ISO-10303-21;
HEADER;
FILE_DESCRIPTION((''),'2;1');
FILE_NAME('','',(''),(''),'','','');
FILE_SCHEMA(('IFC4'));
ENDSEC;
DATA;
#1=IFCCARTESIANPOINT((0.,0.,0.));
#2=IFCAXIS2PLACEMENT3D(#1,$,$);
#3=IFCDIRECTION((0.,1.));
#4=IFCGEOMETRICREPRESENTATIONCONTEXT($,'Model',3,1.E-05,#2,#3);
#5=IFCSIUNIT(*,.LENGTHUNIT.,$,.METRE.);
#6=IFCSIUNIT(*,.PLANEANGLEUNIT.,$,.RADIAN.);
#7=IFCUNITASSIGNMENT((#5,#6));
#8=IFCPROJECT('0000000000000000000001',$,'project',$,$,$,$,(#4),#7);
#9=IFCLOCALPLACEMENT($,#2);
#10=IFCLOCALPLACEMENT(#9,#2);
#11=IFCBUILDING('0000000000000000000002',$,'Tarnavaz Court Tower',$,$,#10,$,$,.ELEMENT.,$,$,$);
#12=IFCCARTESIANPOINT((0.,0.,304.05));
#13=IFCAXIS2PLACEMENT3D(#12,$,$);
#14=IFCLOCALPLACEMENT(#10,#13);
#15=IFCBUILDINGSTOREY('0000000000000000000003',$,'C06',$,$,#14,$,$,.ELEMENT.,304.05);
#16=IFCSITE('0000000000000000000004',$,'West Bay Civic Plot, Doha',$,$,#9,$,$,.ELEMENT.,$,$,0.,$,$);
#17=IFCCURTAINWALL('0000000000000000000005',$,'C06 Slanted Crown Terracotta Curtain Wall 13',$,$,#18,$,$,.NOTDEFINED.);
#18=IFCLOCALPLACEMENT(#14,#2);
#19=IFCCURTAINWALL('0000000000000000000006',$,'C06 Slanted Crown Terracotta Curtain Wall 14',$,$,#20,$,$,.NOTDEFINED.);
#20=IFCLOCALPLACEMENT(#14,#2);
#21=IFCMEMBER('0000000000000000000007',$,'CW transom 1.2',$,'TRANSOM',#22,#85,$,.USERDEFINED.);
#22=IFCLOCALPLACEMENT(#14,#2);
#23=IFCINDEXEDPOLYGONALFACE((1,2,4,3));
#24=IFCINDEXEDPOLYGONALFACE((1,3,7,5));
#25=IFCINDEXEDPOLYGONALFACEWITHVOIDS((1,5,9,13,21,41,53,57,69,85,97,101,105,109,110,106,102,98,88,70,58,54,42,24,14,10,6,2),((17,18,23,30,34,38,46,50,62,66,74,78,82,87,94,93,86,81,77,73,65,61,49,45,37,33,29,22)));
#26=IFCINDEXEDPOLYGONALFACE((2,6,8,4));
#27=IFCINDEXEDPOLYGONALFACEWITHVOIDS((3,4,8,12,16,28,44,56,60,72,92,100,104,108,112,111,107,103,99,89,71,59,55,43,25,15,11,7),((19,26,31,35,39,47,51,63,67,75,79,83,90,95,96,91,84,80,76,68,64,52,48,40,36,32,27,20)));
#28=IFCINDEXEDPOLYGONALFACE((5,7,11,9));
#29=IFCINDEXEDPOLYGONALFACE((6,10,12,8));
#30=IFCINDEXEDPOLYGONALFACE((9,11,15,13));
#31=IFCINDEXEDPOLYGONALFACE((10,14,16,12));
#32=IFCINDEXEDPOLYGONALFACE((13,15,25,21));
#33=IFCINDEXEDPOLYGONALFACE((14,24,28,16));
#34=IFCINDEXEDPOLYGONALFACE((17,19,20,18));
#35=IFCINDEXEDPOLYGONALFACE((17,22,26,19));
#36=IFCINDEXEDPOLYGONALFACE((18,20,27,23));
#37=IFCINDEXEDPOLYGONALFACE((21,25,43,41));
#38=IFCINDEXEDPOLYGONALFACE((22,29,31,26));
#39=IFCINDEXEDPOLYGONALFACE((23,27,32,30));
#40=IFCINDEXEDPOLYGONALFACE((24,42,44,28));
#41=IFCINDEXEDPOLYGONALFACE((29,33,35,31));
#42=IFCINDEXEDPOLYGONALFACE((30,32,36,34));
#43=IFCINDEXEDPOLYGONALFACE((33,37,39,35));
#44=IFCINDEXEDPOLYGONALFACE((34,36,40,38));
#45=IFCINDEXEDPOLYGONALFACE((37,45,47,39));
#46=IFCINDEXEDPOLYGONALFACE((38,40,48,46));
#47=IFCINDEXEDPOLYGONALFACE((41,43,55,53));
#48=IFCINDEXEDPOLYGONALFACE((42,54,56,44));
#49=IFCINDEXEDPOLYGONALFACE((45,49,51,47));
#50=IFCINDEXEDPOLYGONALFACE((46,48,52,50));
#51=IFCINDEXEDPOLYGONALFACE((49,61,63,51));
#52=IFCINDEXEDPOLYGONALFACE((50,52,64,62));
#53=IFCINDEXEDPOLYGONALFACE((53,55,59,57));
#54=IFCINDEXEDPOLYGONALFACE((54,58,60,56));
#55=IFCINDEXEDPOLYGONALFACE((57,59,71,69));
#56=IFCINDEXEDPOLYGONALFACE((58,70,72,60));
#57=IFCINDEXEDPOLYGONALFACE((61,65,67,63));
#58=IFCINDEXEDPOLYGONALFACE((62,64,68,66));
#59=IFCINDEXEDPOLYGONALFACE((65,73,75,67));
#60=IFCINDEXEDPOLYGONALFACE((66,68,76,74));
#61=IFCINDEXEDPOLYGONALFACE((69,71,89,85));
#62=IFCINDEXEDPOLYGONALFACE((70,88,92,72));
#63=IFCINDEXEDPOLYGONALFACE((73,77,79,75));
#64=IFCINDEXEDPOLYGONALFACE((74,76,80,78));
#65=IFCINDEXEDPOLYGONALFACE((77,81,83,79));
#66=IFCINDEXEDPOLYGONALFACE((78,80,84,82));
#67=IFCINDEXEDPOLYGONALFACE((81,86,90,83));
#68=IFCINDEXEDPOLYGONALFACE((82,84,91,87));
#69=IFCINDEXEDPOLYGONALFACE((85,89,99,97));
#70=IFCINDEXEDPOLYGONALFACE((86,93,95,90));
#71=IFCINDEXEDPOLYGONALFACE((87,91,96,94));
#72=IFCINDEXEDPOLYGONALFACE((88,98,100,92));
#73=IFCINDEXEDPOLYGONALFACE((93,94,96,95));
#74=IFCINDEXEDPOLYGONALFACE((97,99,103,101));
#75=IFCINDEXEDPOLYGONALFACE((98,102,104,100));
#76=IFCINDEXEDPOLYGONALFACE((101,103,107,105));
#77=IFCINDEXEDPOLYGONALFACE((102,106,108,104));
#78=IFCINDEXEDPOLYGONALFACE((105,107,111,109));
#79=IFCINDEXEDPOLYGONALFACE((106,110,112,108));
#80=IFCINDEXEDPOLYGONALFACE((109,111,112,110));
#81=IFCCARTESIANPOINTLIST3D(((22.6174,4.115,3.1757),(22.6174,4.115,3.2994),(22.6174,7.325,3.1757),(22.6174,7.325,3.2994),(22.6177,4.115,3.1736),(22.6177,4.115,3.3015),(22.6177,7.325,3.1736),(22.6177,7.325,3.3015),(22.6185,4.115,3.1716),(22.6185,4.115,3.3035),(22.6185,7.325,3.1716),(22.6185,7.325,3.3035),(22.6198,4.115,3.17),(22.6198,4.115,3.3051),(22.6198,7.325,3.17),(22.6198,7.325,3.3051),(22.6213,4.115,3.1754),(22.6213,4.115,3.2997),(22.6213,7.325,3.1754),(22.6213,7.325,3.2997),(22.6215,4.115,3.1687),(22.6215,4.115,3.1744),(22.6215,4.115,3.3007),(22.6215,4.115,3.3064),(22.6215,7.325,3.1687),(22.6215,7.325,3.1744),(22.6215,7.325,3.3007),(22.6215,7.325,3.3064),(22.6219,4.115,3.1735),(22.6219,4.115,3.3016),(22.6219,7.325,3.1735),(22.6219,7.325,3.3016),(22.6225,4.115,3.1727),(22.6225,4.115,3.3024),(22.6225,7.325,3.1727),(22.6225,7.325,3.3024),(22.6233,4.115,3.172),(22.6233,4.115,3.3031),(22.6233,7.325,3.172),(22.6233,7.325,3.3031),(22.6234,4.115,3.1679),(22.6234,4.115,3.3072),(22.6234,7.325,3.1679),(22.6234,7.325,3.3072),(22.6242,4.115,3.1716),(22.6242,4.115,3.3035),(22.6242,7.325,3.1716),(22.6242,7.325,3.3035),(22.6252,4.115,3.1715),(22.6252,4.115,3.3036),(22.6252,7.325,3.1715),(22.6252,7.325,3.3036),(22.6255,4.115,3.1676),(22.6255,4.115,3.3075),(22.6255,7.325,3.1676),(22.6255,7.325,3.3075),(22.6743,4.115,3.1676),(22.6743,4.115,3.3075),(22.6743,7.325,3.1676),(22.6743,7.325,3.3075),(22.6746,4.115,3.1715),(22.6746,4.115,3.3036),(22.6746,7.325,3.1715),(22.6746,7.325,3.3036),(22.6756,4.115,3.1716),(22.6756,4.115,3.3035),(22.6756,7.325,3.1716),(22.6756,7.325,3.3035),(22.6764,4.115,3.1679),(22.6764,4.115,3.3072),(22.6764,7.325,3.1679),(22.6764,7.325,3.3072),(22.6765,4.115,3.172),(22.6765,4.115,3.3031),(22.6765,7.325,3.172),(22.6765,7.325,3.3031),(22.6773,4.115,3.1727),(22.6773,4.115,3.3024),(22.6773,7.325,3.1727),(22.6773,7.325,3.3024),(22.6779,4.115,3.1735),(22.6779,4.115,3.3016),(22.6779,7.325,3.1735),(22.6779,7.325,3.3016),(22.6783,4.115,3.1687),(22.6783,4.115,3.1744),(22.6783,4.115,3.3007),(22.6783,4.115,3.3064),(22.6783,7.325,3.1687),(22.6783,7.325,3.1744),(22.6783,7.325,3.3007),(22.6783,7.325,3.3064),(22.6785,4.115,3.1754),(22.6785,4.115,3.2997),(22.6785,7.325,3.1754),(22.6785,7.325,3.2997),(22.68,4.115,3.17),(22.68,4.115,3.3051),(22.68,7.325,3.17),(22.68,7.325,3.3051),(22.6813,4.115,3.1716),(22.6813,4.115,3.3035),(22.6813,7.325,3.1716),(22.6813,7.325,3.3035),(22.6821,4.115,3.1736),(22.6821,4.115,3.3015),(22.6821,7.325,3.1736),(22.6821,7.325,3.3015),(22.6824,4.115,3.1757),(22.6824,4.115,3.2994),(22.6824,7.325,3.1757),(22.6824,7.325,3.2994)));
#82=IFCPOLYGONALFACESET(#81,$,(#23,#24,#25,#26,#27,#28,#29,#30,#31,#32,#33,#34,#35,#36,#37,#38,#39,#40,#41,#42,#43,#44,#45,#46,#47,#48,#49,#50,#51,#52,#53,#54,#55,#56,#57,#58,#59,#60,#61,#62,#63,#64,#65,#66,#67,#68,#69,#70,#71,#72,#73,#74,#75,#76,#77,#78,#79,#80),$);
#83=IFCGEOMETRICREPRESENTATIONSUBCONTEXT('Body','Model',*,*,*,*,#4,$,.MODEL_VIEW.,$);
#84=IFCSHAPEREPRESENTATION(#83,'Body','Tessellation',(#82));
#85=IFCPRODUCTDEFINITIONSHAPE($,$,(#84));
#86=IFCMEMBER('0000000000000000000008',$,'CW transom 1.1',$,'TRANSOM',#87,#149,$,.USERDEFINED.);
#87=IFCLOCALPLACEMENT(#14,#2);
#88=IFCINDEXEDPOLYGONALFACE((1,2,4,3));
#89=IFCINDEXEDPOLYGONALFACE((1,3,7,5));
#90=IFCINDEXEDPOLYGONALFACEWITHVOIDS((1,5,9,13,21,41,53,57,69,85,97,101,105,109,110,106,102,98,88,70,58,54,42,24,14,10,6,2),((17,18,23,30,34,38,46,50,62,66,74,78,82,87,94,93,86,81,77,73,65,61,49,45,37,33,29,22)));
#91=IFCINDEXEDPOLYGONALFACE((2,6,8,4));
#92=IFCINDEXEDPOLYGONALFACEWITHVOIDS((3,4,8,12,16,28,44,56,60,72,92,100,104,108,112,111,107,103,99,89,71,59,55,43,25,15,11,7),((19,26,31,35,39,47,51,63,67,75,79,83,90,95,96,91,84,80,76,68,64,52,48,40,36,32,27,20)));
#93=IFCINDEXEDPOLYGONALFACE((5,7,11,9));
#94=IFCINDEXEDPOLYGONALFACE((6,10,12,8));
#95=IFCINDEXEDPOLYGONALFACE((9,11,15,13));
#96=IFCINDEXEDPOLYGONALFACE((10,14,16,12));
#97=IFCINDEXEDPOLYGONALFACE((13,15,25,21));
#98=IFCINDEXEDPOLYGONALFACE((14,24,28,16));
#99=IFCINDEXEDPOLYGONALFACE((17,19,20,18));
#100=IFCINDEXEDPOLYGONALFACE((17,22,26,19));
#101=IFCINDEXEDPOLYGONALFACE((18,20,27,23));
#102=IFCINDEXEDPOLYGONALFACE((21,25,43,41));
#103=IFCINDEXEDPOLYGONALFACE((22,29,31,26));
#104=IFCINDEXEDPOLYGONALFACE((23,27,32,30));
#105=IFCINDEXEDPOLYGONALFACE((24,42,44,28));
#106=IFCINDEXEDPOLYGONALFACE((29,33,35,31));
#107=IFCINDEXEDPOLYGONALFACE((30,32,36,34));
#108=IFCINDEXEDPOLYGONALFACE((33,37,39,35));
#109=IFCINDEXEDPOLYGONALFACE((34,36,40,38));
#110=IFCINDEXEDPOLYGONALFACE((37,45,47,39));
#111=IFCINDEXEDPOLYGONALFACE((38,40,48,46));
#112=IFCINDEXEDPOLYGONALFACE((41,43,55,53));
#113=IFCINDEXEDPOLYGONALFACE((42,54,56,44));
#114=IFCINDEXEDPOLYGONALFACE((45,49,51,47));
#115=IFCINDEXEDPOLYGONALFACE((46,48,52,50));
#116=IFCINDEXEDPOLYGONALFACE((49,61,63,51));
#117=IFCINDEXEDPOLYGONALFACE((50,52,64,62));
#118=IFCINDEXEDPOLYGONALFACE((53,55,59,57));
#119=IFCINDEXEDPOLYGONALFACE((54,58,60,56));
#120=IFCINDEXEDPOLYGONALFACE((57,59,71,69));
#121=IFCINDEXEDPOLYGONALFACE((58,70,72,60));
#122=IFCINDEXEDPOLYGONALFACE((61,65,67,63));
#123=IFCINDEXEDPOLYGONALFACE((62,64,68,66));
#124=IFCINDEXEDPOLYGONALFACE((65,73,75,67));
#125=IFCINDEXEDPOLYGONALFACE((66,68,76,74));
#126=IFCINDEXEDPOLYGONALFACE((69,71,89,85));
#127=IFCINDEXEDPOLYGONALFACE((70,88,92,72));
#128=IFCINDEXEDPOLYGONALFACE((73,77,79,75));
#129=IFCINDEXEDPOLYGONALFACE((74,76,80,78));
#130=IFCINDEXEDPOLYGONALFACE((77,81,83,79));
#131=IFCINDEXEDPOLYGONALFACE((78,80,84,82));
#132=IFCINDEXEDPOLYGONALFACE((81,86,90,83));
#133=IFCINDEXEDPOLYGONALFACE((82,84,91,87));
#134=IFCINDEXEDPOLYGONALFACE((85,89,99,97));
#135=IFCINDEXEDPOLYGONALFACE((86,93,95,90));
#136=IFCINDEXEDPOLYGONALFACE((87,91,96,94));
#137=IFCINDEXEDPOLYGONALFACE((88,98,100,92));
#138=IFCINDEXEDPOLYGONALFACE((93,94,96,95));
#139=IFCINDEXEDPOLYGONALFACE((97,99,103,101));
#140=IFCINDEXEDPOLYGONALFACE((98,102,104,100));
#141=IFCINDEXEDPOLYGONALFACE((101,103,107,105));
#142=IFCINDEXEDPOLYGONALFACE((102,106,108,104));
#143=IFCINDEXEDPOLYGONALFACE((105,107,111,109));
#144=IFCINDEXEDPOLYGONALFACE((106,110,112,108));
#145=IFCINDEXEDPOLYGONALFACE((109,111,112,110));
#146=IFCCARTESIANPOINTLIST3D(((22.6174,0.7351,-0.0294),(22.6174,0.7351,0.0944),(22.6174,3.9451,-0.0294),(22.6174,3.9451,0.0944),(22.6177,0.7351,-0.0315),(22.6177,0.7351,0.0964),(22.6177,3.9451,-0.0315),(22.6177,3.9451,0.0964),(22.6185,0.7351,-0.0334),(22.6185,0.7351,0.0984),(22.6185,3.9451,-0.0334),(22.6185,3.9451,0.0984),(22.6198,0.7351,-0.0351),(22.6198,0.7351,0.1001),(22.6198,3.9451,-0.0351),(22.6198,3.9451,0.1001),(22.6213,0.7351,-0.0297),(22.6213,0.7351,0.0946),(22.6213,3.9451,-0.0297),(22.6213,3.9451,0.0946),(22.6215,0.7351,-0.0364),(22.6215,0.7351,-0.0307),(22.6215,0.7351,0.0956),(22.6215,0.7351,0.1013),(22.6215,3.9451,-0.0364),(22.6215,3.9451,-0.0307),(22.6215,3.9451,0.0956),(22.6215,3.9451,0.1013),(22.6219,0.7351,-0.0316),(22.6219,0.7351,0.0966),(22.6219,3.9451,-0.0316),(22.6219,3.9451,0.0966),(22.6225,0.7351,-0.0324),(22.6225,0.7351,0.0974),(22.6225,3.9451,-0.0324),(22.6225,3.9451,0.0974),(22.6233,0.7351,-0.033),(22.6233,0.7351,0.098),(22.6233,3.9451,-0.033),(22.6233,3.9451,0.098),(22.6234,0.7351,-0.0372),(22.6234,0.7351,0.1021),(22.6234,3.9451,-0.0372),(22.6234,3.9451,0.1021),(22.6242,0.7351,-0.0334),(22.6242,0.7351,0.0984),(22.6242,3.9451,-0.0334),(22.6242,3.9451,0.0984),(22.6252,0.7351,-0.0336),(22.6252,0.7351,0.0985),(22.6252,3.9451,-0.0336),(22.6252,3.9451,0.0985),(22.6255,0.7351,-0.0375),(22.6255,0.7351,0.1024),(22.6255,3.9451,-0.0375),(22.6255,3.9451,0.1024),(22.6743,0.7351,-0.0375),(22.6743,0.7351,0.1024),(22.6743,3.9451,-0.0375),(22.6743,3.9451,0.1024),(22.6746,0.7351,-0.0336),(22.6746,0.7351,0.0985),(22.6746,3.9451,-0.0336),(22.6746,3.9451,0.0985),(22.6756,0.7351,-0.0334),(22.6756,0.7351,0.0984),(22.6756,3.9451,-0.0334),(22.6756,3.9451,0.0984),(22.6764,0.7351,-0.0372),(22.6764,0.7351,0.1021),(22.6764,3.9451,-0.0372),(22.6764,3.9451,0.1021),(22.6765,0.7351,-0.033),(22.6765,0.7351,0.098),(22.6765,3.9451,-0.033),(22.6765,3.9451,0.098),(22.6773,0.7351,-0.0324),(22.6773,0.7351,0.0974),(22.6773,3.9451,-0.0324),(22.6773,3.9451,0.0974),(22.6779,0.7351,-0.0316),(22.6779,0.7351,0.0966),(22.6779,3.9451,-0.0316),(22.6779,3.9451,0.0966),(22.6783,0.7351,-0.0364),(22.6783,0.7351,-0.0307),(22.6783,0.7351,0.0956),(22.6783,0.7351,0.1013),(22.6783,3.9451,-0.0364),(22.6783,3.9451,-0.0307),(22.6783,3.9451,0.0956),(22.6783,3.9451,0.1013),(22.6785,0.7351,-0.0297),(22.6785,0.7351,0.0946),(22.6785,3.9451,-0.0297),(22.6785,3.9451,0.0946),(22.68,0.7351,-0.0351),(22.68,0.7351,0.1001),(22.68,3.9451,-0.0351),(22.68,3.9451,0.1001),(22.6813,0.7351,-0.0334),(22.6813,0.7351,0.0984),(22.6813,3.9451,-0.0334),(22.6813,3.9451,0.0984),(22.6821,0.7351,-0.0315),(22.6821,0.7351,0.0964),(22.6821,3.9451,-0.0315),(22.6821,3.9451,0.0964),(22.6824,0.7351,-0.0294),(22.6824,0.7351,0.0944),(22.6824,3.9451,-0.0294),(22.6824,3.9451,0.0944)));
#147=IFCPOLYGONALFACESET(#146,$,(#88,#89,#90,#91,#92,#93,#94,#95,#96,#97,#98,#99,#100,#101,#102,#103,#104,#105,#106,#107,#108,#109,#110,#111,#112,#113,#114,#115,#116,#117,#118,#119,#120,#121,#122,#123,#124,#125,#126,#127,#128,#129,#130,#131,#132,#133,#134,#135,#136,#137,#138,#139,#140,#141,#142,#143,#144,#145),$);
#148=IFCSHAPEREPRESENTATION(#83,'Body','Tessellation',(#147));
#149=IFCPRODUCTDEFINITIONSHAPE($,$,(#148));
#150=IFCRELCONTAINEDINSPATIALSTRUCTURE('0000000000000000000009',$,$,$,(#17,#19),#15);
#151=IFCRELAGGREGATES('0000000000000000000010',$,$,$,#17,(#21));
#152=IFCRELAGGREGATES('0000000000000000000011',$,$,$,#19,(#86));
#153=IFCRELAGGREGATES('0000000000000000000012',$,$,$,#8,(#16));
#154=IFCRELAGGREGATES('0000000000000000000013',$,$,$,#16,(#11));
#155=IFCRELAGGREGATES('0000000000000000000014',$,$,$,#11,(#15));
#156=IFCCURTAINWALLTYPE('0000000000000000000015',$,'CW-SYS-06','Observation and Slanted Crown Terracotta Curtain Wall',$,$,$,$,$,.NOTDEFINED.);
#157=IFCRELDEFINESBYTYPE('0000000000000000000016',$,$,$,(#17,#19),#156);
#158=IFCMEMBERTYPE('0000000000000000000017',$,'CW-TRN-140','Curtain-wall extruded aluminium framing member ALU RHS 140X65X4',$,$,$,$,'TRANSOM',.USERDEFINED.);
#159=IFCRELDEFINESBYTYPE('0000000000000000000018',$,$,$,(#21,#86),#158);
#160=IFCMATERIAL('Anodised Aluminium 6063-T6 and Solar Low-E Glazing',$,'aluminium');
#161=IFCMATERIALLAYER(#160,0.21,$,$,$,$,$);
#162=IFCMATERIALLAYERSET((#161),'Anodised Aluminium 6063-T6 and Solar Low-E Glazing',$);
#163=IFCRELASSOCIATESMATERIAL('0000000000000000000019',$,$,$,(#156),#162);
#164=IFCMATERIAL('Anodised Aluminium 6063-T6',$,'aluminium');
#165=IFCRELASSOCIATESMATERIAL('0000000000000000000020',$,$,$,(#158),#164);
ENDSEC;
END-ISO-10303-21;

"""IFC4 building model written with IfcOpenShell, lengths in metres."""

from ifc_helpers import new_model, si_unit, direction, frame, origin, origin_2d, place, context, subcontext, project, spatial, hollow_rectangle, extrude, material, layer, layer_set, material_profile, profile_set, type_object, element, aggregate, save


model = new_model("IFC4")

# Units and contexts
model_context = context("Model", 3, precision=1e-05, world=origin(), true_north=direction((0.0, 1.0)))
body_context = subcontext(model_context, "Body", "Model", "MODEL_VIEW")
ifc_project = project(units=[si_unit("LENGTHUNIT", "METRE"), si_unit("PLANEANGLEUNIT", "RADIAN")], contexts=[model_context])

# Site, building, storey
site_placement = place(None, origin())
site = spatial("IfcSite", under=ifc_project, at=site_placement, Name="West Bay Civic Plot, Doha", CompositionType="ELEMENT", RefElevation=0.0)
building_placement = place(site_placement, origin())
building = spatial("IfcBuilding", under=site, at=building_placement, Name="Tarnavaz Court Tower", CompositionType="ELEMENT")
storey_placement = place(building_placement, frame((0.0, 0.0, 304.05)))
storey = spatial("IfcBuildingStorey", under=building, at=storey_placement, Name="C06", CompositionType="ELEMENT", Elevation=304.05)

# Curtain walls
ifc_material_1 = material(Name="Anodised Aluminium 6063-T6 and Solar Low-E Glazing", Category="aluminium")
ifc_layer_1 = layer(ifc_material_1, 0.21)
ifc_layer_set_1 = layer_set([ifc_layer_1], Name="Anodised Aluminium 6063-T6 and Solar Low-E Glazing")
curtain_wall_type = type_object("IfcCurtainWallType", Name="CW-SYS-06", Description="Observation and Slanted Crown Terracotta Curtain Wall", PredefinedType="NOTDEFINED", material=ifc_layer_set_1)
ifc_material_2 = material(Name="Anodised Aluminium 6063-T6", Category="aluminium")
curtain_wall_1_placement = place(storey_placement, origin())
curtain_wall_1 = element("IfcCurtainWall", 1, at=curtain_wall_1_placement, inside=storey, type_object=curtain_wall_type, Name="C06 Slanted Crown Terracotta Curtain Wall 13", PredefinedType="NOTDEFINED")
curtain_wall_2_placement = place(storey_placement, origin())
curtain_wall_2 = element("IfcCurtainWall", 2, at=curtain_wall_2_placement, inside=storey, type_object=curtain_wall_type, Name="C06 Slanted Crown Terracotta Curtain Wall 14", PredefinedType="NOTDEFINED")

# Members
ifc_material_profile_1 = material_profile(ifc_material_2, hollow_rectangle(XDim=0.0649, YDim=0.1399, WallThickness=0.0039, InnerFilletRadius=0.0039, OuterFilletRadius=0.0081, at=origin_2d()), Name="ALU RHS 140X65X4")
ifc_profile_set_1 = profile_set([ifc_material_profile_1], Name="Anodised Aluminium 6063-T6")
member_type_1 = type_object("IfcMemberType", Name="CW-TRN-140", Description="Curtain-wall extruded aluminium framing member ALU RHS 140X65X4", ElementType="TRANSOM", PredefinedType="USERDEFINED", material=ifc_profile_set_1)
member_1_placement = place(storey_placement, frame((22.6499, 7.325, 3.2375), z_axis=(0.0, -1.0, 0.0), x_axis=(1.0, 0.0, 0.0)))
member_1 = element("IfcMember", 3, at=member_1_placement, type_object=member_type_1, Name="CW transom 1.2", ObjectType="TRANSOM", PredefinedType="USERDEFINED", context=body_context, shape_type="SweptSolid", body=[
    extrude(hollow_rectangle(XDim=0.0649, YDim=0.1399, WallThickness=0.0039, InnerFilletRadius=0.0039, OuterFilletRadius=0.0081, at=origin_2d()), origin(), (0.0, 0.0, 1.0), 3.21),
])
member_2_placement = place(storey_placement, frame((22.6499, 3.9451, 0.0325), z_axis=(0.0, -1.0, 0.0), x_axis=(1.0, 0.0, 0.0)))
member_2 = element("IfcMember", 4, at=member_2_placement, type_object=member_type_1, Name="CW transom 1.1", ObjectType="TRANSOM", PredefinedType="USERDEFINED", context=body_context, shape_type="SweptSolid", body=[
    extrude(hollow_rectangle(XDim=0.0649, YDim=0.1399, WallThickness=0.0039, InnerFilletRadius=0.0039, OuterFilletRadius=0.0081, at=origin_2d()), origin(), (0.0, 0.0, 1.0), 3.21),
])

aggregate(curtain_wall_1, [member_1])
aggregate(curtain_wall_2, [member_2])

save(model, "model.ifc")
